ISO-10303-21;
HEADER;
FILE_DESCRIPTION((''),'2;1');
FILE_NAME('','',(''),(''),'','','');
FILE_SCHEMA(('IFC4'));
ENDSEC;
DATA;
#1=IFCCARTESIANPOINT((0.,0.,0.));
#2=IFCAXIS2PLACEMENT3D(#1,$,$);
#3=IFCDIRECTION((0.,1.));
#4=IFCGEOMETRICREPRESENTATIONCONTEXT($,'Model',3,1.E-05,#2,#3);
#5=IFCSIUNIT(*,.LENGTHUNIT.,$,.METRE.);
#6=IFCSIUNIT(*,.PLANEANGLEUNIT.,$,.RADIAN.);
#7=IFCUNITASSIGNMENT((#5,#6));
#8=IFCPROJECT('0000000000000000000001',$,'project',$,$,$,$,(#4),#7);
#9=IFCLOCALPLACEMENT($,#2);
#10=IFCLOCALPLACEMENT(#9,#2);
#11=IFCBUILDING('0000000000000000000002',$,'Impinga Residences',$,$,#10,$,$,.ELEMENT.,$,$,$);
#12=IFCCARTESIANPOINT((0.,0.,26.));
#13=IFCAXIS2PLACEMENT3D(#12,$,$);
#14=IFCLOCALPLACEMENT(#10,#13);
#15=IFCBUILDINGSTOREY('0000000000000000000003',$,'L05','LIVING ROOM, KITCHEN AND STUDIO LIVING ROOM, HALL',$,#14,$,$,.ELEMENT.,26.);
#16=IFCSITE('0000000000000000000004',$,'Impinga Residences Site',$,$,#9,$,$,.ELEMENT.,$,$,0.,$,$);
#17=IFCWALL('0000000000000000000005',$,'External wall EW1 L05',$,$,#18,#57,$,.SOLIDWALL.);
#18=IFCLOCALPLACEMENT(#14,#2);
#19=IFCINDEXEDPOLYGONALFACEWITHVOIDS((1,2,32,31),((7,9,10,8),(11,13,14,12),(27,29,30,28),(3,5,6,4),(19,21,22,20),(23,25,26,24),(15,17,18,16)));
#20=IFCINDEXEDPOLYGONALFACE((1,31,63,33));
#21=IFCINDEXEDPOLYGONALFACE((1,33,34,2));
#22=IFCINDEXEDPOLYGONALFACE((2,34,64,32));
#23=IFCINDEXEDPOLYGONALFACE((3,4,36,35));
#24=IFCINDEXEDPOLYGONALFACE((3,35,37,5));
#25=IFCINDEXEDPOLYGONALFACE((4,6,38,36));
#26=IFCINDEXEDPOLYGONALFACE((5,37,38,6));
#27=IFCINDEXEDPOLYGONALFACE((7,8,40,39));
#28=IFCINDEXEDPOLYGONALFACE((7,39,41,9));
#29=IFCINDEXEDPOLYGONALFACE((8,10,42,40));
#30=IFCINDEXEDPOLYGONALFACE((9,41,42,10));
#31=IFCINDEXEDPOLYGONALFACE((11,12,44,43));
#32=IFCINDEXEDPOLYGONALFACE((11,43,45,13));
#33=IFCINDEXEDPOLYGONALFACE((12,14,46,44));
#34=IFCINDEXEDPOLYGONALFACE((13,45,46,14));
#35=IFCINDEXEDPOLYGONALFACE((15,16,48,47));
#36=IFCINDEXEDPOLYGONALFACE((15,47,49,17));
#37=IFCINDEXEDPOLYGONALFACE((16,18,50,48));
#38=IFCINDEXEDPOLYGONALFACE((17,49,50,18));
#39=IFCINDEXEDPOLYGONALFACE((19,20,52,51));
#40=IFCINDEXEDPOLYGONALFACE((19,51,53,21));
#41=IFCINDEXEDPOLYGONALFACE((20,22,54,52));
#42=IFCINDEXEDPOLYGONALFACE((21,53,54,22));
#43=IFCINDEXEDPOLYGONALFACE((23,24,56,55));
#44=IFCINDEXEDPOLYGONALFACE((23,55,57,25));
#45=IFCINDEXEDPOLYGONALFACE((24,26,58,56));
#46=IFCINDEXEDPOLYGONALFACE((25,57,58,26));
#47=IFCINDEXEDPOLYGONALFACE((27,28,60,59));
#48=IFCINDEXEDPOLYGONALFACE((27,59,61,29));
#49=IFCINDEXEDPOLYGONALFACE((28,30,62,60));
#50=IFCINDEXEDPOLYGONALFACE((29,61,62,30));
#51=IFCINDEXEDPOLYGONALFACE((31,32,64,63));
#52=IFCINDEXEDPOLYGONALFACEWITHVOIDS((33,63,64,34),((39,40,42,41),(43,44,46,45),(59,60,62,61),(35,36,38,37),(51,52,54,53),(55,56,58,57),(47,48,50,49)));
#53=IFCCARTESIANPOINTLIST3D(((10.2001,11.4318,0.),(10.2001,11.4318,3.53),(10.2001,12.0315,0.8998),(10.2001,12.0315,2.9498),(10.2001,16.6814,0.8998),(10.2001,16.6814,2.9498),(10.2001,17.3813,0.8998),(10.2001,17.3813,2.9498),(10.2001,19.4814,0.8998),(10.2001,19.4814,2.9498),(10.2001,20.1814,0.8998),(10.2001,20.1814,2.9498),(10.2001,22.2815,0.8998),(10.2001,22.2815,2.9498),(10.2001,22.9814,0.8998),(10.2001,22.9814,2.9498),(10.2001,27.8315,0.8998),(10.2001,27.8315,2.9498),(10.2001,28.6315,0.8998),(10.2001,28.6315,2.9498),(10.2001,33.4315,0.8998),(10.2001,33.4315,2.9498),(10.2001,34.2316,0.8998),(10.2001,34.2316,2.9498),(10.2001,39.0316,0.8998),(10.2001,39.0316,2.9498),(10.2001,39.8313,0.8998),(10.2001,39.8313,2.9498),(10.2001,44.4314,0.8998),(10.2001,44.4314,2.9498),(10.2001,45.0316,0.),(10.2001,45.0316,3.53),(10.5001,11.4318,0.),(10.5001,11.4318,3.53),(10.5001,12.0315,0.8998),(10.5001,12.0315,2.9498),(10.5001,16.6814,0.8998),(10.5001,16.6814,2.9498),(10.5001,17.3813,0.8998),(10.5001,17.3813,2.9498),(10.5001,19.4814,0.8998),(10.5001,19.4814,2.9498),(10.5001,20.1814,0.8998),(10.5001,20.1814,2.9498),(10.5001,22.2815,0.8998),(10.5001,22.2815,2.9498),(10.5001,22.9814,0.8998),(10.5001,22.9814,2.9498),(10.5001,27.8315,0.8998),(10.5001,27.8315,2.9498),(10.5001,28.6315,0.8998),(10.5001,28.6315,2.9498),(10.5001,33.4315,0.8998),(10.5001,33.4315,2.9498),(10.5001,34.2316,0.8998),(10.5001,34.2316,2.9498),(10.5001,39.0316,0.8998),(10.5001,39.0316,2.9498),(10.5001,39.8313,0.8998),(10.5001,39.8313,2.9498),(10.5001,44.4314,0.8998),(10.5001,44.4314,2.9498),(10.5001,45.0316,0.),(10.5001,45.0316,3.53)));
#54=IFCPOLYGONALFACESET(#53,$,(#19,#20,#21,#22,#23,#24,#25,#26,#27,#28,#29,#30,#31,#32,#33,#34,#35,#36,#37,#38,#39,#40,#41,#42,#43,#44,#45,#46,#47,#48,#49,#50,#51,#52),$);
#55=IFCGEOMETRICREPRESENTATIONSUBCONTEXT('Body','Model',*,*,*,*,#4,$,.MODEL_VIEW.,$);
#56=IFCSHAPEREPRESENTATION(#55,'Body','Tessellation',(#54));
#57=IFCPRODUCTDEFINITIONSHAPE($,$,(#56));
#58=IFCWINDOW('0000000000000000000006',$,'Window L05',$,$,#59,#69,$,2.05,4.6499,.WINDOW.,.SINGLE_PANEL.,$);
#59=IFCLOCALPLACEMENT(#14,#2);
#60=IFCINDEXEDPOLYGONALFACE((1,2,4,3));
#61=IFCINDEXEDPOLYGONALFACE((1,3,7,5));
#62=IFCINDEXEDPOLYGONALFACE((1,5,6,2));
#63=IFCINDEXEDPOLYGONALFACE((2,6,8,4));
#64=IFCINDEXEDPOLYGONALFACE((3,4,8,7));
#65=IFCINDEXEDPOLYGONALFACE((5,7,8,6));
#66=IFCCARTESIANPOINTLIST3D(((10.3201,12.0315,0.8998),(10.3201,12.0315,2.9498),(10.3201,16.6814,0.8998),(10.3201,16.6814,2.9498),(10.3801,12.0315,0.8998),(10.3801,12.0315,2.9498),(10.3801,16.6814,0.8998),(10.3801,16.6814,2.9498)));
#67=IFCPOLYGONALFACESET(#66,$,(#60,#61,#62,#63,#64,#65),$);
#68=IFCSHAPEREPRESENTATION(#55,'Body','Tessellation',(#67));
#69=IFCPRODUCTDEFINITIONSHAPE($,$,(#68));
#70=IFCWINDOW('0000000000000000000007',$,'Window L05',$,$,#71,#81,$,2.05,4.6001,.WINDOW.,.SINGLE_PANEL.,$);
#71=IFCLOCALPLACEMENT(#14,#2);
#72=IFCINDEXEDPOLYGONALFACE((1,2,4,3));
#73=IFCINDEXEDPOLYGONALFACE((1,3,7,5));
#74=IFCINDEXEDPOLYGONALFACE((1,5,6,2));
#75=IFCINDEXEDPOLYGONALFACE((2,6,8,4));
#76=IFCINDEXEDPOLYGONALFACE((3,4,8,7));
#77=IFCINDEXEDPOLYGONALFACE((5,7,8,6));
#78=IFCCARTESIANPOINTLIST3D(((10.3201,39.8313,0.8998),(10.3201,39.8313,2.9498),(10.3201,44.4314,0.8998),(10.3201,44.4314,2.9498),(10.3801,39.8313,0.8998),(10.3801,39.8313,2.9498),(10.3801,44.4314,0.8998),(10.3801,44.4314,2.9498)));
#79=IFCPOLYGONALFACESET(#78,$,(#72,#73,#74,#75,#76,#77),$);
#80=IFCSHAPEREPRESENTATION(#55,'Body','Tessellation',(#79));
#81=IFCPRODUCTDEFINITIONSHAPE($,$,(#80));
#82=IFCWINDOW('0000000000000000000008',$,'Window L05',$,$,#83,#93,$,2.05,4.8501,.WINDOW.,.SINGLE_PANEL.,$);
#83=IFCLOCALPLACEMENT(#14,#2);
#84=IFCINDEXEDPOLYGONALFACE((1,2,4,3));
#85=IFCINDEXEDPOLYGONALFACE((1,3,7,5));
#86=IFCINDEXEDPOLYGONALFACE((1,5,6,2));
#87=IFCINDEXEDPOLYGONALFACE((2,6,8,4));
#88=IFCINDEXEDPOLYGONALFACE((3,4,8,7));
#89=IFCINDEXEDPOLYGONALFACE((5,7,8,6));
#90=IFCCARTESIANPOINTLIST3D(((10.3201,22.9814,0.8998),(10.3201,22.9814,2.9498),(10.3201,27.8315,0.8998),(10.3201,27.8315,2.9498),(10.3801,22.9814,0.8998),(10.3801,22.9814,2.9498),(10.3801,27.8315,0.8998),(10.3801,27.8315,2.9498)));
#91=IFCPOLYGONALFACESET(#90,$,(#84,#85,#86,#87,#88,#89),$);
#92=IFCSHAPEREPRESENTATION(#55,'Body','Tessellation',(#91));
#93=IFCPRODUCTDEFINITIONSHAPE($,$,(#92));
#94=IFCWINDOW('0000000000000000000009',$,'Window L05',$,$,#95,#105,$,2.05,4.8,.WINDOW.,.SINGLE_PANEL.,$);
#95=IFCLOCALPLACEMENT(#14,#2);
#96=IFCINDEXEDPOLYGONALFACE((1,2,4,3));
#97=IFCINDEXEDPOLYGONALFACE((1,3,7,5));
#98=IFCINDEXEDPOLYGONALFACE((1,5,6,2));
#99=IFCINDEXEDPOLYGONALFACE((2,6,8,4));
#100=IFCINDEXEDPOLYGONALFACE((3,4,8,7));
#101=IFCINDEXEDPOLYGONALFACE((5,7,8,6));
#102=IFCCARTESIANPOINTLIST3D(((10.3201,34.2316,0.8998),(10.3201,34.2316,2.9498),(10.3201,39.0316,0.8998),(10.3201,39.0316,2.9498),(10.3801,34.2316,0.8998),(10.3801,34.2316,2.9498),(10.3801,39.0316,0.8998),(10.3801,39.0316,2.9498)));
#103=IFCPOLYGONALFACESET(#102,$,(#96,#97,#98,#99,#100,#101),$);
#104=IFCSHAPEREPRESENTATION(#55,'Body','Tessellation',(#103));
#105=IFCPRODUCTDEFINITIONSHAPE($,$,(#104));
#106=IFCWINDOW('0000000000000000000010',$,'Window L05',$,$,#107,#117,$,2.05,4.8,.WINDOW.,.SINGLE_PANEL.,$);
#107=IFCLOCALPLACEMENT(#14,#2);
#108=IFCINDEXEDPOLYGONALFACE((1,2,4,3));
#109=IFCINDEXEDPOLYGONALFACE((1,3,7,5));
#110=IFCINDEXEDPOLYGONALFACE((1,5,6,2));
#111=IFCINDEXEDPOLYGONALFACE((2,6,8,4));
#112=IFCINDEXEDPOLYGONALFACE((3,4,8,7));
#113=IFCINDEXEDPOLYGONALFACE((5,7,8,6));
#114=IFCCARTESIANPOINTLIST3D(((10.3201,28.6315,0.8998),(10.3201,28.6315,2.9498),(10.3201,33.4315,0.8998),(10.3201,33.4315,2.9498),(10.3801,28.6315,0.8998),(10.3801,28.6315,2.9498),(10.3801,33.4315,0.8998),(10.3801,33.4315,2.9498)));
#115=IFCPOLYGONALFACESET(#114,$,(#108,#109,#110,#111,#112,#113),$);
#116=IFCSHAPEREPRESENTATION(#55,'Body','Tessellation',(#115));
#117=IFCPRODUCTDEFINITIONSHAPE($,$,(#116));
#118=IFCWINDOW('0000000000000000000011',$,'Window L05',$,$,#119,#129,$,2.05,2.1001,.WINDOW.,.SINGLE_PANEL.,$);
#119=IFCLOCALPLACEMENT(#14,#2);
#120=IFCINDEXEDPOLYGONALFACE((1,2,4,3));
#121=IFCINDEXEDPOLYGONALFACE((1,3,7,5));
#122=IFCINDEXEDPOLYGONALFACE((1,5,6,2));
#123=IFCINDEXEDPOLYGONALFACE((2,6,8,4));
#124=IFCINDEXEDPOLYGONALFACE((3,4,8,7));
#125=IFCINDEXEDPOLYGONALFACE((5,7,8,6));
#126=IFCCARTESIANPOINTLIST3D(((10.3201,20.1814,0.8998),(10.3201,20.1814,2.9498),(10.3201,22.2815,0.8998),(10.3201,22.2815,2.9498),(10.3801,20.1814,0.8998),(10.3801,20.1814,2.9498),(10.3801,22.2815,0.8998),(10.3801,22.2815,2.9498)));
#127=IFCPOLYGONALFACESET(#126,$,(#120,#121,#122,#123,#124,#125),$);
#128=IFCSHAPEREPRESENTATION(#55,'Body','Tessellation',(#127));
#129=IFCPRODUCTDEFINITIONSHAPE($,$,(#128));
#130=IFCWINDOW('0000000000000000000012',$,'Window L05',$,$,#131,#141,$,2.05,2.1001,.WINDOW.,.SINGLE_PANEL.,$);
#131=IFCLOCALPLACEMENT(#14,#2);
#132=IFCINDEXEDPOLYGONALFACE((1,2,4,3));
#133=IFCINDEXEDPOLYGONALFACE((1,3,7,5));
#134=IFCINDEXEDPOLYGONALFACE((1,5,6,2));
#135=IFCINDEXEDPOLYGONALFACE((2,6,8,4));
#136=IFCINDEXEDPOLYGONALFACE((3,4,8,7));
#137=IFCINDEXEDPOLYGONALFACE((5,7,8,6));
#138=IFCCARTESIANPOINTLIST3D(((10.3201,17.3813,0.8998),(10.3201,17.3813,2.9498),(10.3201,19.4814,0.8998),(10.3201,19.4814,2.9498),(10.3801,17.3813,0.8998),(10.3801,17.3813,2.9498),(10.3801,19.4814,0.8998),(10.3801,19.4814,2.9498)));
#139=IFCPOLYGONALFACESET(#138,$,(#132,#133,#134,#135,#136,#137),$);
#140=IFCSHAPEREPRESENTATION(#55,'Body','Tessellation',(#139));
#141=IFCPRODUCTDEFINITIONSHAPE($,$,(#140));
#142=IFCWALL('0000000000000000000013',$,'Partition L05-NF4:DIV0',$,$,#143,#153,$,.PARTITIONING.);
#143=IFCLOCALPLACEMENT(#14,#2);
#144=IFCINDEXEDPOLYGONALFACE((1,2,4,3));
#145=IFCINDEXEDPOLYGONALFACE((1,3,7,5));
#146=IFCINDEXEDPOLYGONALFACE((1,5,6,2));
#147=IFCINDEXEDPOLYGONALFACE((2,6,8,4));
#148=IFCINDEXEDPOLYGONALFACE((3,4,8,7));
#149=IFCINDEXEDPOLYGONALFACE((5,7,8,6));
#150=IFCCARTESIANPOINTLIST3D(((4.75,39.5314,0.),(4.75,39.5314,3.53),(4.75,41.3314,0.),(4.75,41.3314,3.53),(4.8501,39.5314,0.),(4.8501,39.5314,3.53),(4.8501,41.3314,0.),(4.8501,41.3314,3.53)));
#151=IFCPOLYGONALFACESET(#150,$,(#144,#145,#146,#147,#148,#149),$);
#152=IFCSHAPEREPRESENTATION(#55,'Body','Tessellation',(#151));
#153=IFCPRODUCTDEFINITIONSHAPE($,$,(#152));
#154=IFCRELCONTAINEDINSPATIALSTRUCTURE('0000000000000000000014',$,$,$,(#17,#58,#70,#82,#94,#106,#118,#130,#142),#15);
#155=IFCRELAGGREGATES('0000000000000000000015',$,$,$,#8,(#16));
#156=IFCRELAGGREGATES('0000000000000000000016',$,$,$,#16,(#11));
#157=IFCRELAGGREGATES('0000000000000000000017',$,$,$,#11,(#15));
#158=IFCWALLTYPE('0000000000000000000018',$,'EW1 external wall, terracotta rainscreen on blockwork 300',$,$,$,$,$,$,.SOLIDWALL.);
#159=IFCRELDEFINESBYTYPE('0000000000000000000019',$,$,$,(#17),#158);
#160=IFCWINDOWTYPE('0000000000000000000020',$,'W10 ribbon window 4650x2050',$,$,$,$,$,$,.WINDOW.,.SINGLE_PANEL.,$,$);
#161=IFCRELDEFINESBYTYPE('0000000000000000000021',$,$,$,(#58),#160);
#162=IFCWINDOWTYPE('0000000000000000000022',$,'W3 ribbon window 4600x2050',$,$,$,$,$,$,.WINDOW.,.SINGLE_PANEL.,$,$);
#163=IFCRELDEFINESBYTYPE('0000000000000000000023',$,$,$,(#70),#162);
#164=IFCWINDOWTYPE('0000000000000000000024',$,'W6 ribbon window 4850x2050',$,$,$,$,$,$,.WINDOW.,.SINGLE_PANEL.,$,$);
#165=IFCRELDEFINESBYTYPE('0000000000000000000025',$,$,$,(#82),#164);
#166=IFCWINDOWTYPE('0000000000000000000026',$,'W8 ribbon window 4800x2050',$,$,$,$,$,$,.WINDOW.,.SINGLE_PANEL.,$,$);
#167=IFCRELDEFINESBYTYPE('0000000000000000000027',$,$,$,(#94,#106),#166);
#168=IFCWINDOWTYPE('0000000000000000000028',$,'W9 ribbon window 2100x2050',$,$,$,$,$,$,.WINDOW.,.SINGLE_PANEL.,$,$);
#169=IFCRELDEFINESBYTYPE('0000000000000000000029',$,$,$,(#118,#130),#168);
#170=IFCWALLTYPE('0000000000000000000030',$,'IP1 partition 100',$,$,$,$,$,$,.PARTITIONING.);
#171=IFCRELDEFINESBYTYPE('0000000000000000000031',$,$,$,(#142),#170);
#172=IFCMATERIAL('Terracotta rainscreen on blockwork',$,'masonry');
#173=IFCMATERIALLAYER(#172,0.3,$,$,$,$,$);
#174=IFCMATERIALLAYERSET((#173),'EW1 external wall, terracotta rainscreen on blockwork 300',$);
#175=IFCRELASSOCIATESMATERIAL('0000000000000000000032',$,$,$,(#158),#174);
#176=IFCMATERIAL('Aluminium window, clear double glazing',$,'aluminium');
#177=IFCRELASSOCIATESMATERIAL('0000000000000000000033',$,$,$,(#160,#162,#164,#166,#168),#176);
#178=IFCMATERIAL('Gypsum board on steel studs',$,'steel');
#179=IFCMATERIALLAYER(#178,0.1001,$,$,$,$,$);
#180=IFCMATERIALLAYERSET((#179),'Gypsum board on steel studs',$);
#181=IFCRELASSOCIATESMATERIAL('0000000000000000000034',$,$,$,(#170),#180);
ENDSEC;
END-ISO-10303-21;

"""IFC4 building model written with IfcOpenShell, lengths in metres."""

from ifc_helpers import new_model, si_unit, direction, frame, frame_2d, origin, place, context, subcontext, project, spatial, rectangle, extrude, material, layer, layer_set, type_object, element, fill, save


model = new_model("IFC4")

# Units and contexts
model_context = context("Model", 3, precision=1e-05, world=origin(), true_north=direction((0.0, 1.0)))
body_context = subcontext(model_context, "Body", "Model", "MODEL_VIEW")
ifc_project = project(units=[si_unit("LENGTHUNIT", "METRE"), si_unit("PLANEANGLEUNIT", "RADIAN")], contexts=[model_context])

# Site, building, storey
site_placement = place(None, origin())
site = spatial("IfcSite", under=ifc_project, at=site_placement, Name="Impinga Residences Site", CompositionType="ELEMENT", RefElevation=0.0)
building_placement = place(site_placement, origin())
building = spatial("IfcBuilding", under=site, at=building_placement, Name="Impinga Residences", CompositionType="ELEMENT")
storey_placement = place(building_placement, frame((0.0, 0.0, 26.0)))
storey = spatial("IfcBuildingStorey", under=building, at=storey_placement, Name="L05", Description="LIVING ROOM, KITCHEN AND STUDIO LIVING ROOM, HALL", CompositionType="ELEMENT", Elevation=26.0)

# Shared definitions
ifc_material_1 = material(Name="Terracotta rainscreen on blockwork", Category="masonry")
ifc_layer_1 = layer(ifc_material_1, 0.3)
ifc_layer_set_1 = layer_set([ifc_layer_1], Name="EW1 external wall, terracotta rainscreen on blockwork 300")
wall_type_1 = type_object("IfcWallType", Name="EW1 external wall, terracotta rainscreen on blockwork 300", PredefinedType="SOLIDWALL", material=ifc_layer_set_1)

# Wall, openings, windows
wall_1_placement = place(storey_placement, frame((10.3501, 45.0315, 0.0), z_axis=(0.0, 0.0, 1.0), x_axis=(0.0, -1.0, 0.0)))
wall_1 = element("IfcWall", 1, at=wall_1_placement, inside=storey, type_object=wall_type_1, Name="External wall EW1 L05", PredefinedType="SOLIDWALL", context=body_context, shape_type="SweptSolid", body=[
    extrude(rectangle(XDim=33.5999, YDim=0.3, at=frame_2d((16.7998, 0.0))), origin(), (0.0, 0.0, 1.0), 3.53),
])
opening_1_placement = place(wall_1_placement, frame((0.6001, 0.0, 0.8999)))
opening_1 = element("IfcOpeningElement", 2, at=opening_1_placement, cuts=wall_1, PredefinedType="OPENING", context=body_context, shape_type="SweptSolid", body=[
    extrude(rectangle(XDim=4.6001, YDim=2.05, at=frame_2d((2.3, 1.0249))), frame((0.0, 0.1599, 0.0), z_axis=(0.0, -1.0, 0.0), x_axis=(1.0, 0.0, 0.0)), (0.0, 0.0, 1.0), 0.3201),
])
opening_2_placement = place(wall_1_placement, frame((6.0, 0.0, 0.8999)))
opening_2 = element("IfcOpeningElement", 3, at=opening_2_placement, cuts=wall_1, PredefinedType="OPENING", context=body_context, shape_type="SweptSolid", body=[
    extrude(rectangle(XDim=4.8, YDim=2.05, at=frame_2d((2.3999, 1.0249))), frame((0.0, 0.1599, 0.0), z_axis=(0.0, -1.0, 0.0), x_axis=(1.0, 0.0, 0.0)), (0.0, 0.0, 1.0), 0.3201),
])
opening_3_placement = place(wall_1_placement, frame((11.6001, 0.0, 0.8999)))
opening_3 = element("IfcOpeningElement", 4, at=opening_3_placement, cuts=wall_1, PredefinedType="OPENING", context=body_context, shape_type="SweptSolid", body=[
    extrude(rectangle(XDim=4.8, YDim=2.05, at=frame_2d((2.3999, 1.0249))), frame((0.0, 0.1599, 0.0), z_axis=(0.0, -1.0, 0.0), x_axis=(1.0, 0.0, 0.0)), (0.0, 0.0, 1.0), 0.3201),
])
opening_4_placement = place(wall_1_placement, frame((17.2, 0.0, 0.8999)))
opening_4 = element("IfcOpeningElement", 5, at=opening_4_placement, cuts=wall_1, PredefinedType="OPENING", context=body_context, shape_type="SweptSolid", body=[
    extrude(rectangle(XDim=4.8501, YDim=2.05, at=frame_2d((2.425, 1.0249))), frame((0.0, 0.1599, 0.0), z_axis=(0.0, -1.0, 0.0), x_axis=(1.0, 0.0, 0.0)), (0.0, 0.0, 1.0), 0.3201),
])
opening_5_placement = place(wall_1_placement, frame((22.75, 0.0, 0.8999)))
opening_5 = element("IfcOpeningElement", 6, at=opening_5_placement, cuts=wall_1, PredefinedType="OPENING", context=body_context, shape_type="SweptSolid", body=[
    extrude(rectangle(XDim=2.1001, YDim=2.05, at=frame_2d((1.05, 1.0249))), frame((0.0, 0.1599, 0.0), z_axis=(0.0, -1.0, 0.0), x_axis=(1.0, 0.0, 0.0)), (0.0, 0.0, 1.0), 0.3201),
])
opening_6_placement = place(wall_1_placement, frame((25.55, 0.0, 0.8999)))
opening_6 = element("IfcOpeningElement", 7, at=opening_6_placement, cuts=wall_1, PredefinedType="OPENING", context=body_context, shape_type="SweptSolid", body=[
    extrude(rectangle(XDim=2.1001, YDim=2.05, at=frame_2d((1.05, 1.0249))), frame((0.0, 0.1599, 0.0), z_axis=(0.0, -1.0, 0.0), x_axis=(1.0, 0.0, 0.0)), (0.0, 0.0, 1.0), 0.3201),
])
opening_7_placement = place(wall_1_placement, frame((28.3501, 0.0, 0.8999)))
opening_7 = element("IfcOpeningElement", 8, at=opening_7_placement, cuts=wall_1, PredefinedType="OPENING", context=body_context, shape_type="SweptSolid", body=[
    extrude(rectangle(XDim=4.6499, YDim=2.05, at=frame_2d((2.325, 1.0249))), frame((0.0, 0.1599, 0.0), z_axis=(0.0, -1.0, 0.0), x_axis=(1.0, 0.0, 0.0)), (0.0, 0.0, 1.0), 0.3201),
])
ifc_material_2 = material(Name="Aluminium window, clear double glazing", Category="aluminium")
window_type_1 = type_object("IfcWindowType", Name="W10 ribbon window 4650x2050", PartitioningType="SINGLE_PANEL", PredefinedType="WINDOW", material=ifc_material_2)
window_1_placement = place(opening_7_placement, origin())
window_1 = element("IfcWindow", 9, at=window_1_placement, inside=storey, type_object=window_type_1, Name="Window L05", OverallHeight=2.05, OverallWidth=4.6499, PartitioningType="SINGLE_PANEL", PredefinedType="WINDOW", context=body_context, shape_type="SweptSolid", body=[
    extrude(rectangle(XDim=4.6499, YDim=2.05, at=frame_2d((2.325, 1.0249))), frame((0.0, 0.03, 0.0), z_axis=(0.0, -1.0, 0.0), x_axis=(1.0, 0.0, 0.0)), (0.0, 0.0, 1.0), 0.0601),
])
fill(opening_7, window_1)
window_type_2 = type_object("IfcWindowType", Name="W3 ribbon window 4600x2050", PartitioningType="SINGLE_PANEL", PredefinedType="WINDOW", material=ifc_material_2)
window_2_placement = place(opening_1_placement, origin())
window_2 = element("IfcWindow", 10, at=window_2_placement, inside=storey, type_object=window_type_2, Name="Window L05", OverallHeight=2.05, OverallWidth=4.6001, PartitioningType="SINGLE_PANEL", PredefinedType="WINDOW", context=body_context, shape_type="SweptSolid", body=[
    extrude(rectangle(XDim=4.6001, YDim=2.05, at=frame_2d((2.3, 1.0249))), frame((0.0, 0.03, 0.0), z_axis=(0.0, -1.0, 0.0), x_axis=(1.0, 0.0, 0.0)), (0.0, 0.0, 1.0), 0.0601),
])
fill(opening_1, window_2)
window_type_3 = type_object("IfcWindowType", Name="W6 ribbon window 4850x2050", PartitioningType="SINGLE_PANEL", PredefinedType="WINDOW", material=ifc_material_2)
window_3_placement = place(opening_4_placement, origin())
window_3 = element("IfcWindow", 11, at=window_3_placement, inside=storey, type_object=window_type_3, Name="Window L05", OverallHeight=2.05, OverallWidth=4.8501, PartitioningType="SINGLE_PANEL", PredefinedType="WINDOW", context=body_context, shape_type="SweptSolid", body=[
    extrude(rectangle(XDim=4.8501, YDim=2.05, at=frame_2d((2.425, 1.0249))), frame((0.0, 0.03, 0.0), z_axis=(0.0, -1.0, 0.0), x_axis=(1.0, 0.0, 0.0)), (0.0, 0.0, 1.0), 0.0601),
])
fill(opening_4, window_3)
window_type_4 = type_object("IfcWindowType", Name="W8 ribbon window 4800x2050", PartitioningType="SINGLE_PANEL", PredefinedType="WINDOW", material=ifc_material_2)
window_4_placement = place(opening_2_placement, origin())
window_4 = element("IfcWindow", 12, at=window_4_placement, inside=storey, type_object=window_type_4, Name="Window L05", OverallHeight=2.05, OverallWidth=4.8, PartitioningType="SINGLE_PANEL", PredefinedType="WINDOW", context=body_context, shape_type="SweptSolid", body=[
    extrude(rectangle(XDim=4.8, YDim=2.05, at=frame_2d((2.3999, 1.0249))), frame((0.0, 0.03, 0.0), z_axis=(0.0, -1.0, 0.0), x_axis=(1.0, 0.0, 0.0)), (0.0, 0.0, 1.0), 0.0601),
])
fill(opening_2, window_4)
window_5_placement = place(opening_3_placement, origin())
window_5 = element("IfcWindow", 13, at=window_5_placement, inside=storey, type_object=window_type_4, Name="Window L05", OverallHeight=2.05, OverallWidth=4.8, PartitioningType="SINGLE_PANEL", PredefinedType="WINDOW", context=body_context, shape_type="SweptSolid", body=[
    extrude(rectangle(XDim=4.8, YDim=2.05, at=frame_2d((2.3999, 1.0249))), frame((0.0, 0.03, 0.0), z_axis=(0.0, -1.0, 0.0), x_axis=(1.0, 0.0, 0.0)), (0.0, 0.0, 1.0), 0.0601),
])
fill(opening_3, window_5)
window_type_5 = type_object("IfcWindowType", Name="W9 ribbon window 2100x2050", PartitioningType="SINGLE_PANEL", PredefinedType="WINDOW", material=ifc_material_2)
window_6_placement = place(opening_5_placement, origin())
window_6 = element("IfcWindow", 14, at=window_6_placement, inside=storey, type_object=window_type_5, Name="Window L05", OverallHeight=2.05, OverallWidth=2.1001, PartitioningType="SINGLE_PANEL", PredefinedType="WINDOW", context=body_context, shape_type="SweptSolid", body=[
    extrude(rectangle(XDim=2.1001, YDim=2.05, at=frame_2d((1.05, 1.0249))), frame((0.0, 0.03, 0.0), z_axis=(0.0, -1.0, 0.0), x_axis=(1.0, 0.0, 0.0)), (0.0, 0.0, 1.0), 0.0601),
])
fill(opening_5, window_6)
window_7_placement = place(opening_6_placement, origin())
window_7 = element("IfcWindow", 15, at=window_7_placement, inside=storey, type_object=window_type_5, Name="Window L05", OverallHeight=2.05, OverallWidth=2.1001, PartitioningType="SINGLE_PANEL", PredefinedType="WINDOW", context=body_context, shape_type="SweptSolid", body=[
    extrude(rectangle(XDim=2.1001, YDim=2.05, at=frame_2d((1.05, 1.0249))), frame((0.0, 0.03, 0.0), z_axis=(0.0, -1.0, 0.0), x_axis=(1.0, 0.0, 0.0)), (0.0, 0.0, 1.0), 0.0601),
])
fill(opening_6, window_7)

# Wall
ifc_material_3 = material(Name="Gypsum board on steel studs", Category="steel")
ifc_layer_2 = layer(ifc_material_3, 0.1001)
ifc_layer_set_2 = layer_set([ifc_layer_2], Name="Gypsum board on steel studs")
wall_type_2 = type_object("IfcWallType", Name="IP1 partition 100", PredefinedType="PARTITIONING", material=ifc_layer_set_2)
wall_2_placement = place(storey_placement, frame((4.8, 39.5315, 0.0), z_axis=(0.0, 0.0, 1.0), x_axis=(0.0, 1.0, 0.0)))
element("IfcWall", 16, at=wall_2_placement, inside=storey, type_object=wall_type_2, Name="Partition L05-NF4:DIV0", PredefinedType="PARTITIONING", context=body_context, shape_type="SweptSolid", body=[
    extrude(rectangle(XDim=1.8, YDim=0.1001, at=frame_2d((0.8999, 0.0))), origin(), (0.0, 0.0, 1.0), 3.53),
])

save(model, "model.ifc")
